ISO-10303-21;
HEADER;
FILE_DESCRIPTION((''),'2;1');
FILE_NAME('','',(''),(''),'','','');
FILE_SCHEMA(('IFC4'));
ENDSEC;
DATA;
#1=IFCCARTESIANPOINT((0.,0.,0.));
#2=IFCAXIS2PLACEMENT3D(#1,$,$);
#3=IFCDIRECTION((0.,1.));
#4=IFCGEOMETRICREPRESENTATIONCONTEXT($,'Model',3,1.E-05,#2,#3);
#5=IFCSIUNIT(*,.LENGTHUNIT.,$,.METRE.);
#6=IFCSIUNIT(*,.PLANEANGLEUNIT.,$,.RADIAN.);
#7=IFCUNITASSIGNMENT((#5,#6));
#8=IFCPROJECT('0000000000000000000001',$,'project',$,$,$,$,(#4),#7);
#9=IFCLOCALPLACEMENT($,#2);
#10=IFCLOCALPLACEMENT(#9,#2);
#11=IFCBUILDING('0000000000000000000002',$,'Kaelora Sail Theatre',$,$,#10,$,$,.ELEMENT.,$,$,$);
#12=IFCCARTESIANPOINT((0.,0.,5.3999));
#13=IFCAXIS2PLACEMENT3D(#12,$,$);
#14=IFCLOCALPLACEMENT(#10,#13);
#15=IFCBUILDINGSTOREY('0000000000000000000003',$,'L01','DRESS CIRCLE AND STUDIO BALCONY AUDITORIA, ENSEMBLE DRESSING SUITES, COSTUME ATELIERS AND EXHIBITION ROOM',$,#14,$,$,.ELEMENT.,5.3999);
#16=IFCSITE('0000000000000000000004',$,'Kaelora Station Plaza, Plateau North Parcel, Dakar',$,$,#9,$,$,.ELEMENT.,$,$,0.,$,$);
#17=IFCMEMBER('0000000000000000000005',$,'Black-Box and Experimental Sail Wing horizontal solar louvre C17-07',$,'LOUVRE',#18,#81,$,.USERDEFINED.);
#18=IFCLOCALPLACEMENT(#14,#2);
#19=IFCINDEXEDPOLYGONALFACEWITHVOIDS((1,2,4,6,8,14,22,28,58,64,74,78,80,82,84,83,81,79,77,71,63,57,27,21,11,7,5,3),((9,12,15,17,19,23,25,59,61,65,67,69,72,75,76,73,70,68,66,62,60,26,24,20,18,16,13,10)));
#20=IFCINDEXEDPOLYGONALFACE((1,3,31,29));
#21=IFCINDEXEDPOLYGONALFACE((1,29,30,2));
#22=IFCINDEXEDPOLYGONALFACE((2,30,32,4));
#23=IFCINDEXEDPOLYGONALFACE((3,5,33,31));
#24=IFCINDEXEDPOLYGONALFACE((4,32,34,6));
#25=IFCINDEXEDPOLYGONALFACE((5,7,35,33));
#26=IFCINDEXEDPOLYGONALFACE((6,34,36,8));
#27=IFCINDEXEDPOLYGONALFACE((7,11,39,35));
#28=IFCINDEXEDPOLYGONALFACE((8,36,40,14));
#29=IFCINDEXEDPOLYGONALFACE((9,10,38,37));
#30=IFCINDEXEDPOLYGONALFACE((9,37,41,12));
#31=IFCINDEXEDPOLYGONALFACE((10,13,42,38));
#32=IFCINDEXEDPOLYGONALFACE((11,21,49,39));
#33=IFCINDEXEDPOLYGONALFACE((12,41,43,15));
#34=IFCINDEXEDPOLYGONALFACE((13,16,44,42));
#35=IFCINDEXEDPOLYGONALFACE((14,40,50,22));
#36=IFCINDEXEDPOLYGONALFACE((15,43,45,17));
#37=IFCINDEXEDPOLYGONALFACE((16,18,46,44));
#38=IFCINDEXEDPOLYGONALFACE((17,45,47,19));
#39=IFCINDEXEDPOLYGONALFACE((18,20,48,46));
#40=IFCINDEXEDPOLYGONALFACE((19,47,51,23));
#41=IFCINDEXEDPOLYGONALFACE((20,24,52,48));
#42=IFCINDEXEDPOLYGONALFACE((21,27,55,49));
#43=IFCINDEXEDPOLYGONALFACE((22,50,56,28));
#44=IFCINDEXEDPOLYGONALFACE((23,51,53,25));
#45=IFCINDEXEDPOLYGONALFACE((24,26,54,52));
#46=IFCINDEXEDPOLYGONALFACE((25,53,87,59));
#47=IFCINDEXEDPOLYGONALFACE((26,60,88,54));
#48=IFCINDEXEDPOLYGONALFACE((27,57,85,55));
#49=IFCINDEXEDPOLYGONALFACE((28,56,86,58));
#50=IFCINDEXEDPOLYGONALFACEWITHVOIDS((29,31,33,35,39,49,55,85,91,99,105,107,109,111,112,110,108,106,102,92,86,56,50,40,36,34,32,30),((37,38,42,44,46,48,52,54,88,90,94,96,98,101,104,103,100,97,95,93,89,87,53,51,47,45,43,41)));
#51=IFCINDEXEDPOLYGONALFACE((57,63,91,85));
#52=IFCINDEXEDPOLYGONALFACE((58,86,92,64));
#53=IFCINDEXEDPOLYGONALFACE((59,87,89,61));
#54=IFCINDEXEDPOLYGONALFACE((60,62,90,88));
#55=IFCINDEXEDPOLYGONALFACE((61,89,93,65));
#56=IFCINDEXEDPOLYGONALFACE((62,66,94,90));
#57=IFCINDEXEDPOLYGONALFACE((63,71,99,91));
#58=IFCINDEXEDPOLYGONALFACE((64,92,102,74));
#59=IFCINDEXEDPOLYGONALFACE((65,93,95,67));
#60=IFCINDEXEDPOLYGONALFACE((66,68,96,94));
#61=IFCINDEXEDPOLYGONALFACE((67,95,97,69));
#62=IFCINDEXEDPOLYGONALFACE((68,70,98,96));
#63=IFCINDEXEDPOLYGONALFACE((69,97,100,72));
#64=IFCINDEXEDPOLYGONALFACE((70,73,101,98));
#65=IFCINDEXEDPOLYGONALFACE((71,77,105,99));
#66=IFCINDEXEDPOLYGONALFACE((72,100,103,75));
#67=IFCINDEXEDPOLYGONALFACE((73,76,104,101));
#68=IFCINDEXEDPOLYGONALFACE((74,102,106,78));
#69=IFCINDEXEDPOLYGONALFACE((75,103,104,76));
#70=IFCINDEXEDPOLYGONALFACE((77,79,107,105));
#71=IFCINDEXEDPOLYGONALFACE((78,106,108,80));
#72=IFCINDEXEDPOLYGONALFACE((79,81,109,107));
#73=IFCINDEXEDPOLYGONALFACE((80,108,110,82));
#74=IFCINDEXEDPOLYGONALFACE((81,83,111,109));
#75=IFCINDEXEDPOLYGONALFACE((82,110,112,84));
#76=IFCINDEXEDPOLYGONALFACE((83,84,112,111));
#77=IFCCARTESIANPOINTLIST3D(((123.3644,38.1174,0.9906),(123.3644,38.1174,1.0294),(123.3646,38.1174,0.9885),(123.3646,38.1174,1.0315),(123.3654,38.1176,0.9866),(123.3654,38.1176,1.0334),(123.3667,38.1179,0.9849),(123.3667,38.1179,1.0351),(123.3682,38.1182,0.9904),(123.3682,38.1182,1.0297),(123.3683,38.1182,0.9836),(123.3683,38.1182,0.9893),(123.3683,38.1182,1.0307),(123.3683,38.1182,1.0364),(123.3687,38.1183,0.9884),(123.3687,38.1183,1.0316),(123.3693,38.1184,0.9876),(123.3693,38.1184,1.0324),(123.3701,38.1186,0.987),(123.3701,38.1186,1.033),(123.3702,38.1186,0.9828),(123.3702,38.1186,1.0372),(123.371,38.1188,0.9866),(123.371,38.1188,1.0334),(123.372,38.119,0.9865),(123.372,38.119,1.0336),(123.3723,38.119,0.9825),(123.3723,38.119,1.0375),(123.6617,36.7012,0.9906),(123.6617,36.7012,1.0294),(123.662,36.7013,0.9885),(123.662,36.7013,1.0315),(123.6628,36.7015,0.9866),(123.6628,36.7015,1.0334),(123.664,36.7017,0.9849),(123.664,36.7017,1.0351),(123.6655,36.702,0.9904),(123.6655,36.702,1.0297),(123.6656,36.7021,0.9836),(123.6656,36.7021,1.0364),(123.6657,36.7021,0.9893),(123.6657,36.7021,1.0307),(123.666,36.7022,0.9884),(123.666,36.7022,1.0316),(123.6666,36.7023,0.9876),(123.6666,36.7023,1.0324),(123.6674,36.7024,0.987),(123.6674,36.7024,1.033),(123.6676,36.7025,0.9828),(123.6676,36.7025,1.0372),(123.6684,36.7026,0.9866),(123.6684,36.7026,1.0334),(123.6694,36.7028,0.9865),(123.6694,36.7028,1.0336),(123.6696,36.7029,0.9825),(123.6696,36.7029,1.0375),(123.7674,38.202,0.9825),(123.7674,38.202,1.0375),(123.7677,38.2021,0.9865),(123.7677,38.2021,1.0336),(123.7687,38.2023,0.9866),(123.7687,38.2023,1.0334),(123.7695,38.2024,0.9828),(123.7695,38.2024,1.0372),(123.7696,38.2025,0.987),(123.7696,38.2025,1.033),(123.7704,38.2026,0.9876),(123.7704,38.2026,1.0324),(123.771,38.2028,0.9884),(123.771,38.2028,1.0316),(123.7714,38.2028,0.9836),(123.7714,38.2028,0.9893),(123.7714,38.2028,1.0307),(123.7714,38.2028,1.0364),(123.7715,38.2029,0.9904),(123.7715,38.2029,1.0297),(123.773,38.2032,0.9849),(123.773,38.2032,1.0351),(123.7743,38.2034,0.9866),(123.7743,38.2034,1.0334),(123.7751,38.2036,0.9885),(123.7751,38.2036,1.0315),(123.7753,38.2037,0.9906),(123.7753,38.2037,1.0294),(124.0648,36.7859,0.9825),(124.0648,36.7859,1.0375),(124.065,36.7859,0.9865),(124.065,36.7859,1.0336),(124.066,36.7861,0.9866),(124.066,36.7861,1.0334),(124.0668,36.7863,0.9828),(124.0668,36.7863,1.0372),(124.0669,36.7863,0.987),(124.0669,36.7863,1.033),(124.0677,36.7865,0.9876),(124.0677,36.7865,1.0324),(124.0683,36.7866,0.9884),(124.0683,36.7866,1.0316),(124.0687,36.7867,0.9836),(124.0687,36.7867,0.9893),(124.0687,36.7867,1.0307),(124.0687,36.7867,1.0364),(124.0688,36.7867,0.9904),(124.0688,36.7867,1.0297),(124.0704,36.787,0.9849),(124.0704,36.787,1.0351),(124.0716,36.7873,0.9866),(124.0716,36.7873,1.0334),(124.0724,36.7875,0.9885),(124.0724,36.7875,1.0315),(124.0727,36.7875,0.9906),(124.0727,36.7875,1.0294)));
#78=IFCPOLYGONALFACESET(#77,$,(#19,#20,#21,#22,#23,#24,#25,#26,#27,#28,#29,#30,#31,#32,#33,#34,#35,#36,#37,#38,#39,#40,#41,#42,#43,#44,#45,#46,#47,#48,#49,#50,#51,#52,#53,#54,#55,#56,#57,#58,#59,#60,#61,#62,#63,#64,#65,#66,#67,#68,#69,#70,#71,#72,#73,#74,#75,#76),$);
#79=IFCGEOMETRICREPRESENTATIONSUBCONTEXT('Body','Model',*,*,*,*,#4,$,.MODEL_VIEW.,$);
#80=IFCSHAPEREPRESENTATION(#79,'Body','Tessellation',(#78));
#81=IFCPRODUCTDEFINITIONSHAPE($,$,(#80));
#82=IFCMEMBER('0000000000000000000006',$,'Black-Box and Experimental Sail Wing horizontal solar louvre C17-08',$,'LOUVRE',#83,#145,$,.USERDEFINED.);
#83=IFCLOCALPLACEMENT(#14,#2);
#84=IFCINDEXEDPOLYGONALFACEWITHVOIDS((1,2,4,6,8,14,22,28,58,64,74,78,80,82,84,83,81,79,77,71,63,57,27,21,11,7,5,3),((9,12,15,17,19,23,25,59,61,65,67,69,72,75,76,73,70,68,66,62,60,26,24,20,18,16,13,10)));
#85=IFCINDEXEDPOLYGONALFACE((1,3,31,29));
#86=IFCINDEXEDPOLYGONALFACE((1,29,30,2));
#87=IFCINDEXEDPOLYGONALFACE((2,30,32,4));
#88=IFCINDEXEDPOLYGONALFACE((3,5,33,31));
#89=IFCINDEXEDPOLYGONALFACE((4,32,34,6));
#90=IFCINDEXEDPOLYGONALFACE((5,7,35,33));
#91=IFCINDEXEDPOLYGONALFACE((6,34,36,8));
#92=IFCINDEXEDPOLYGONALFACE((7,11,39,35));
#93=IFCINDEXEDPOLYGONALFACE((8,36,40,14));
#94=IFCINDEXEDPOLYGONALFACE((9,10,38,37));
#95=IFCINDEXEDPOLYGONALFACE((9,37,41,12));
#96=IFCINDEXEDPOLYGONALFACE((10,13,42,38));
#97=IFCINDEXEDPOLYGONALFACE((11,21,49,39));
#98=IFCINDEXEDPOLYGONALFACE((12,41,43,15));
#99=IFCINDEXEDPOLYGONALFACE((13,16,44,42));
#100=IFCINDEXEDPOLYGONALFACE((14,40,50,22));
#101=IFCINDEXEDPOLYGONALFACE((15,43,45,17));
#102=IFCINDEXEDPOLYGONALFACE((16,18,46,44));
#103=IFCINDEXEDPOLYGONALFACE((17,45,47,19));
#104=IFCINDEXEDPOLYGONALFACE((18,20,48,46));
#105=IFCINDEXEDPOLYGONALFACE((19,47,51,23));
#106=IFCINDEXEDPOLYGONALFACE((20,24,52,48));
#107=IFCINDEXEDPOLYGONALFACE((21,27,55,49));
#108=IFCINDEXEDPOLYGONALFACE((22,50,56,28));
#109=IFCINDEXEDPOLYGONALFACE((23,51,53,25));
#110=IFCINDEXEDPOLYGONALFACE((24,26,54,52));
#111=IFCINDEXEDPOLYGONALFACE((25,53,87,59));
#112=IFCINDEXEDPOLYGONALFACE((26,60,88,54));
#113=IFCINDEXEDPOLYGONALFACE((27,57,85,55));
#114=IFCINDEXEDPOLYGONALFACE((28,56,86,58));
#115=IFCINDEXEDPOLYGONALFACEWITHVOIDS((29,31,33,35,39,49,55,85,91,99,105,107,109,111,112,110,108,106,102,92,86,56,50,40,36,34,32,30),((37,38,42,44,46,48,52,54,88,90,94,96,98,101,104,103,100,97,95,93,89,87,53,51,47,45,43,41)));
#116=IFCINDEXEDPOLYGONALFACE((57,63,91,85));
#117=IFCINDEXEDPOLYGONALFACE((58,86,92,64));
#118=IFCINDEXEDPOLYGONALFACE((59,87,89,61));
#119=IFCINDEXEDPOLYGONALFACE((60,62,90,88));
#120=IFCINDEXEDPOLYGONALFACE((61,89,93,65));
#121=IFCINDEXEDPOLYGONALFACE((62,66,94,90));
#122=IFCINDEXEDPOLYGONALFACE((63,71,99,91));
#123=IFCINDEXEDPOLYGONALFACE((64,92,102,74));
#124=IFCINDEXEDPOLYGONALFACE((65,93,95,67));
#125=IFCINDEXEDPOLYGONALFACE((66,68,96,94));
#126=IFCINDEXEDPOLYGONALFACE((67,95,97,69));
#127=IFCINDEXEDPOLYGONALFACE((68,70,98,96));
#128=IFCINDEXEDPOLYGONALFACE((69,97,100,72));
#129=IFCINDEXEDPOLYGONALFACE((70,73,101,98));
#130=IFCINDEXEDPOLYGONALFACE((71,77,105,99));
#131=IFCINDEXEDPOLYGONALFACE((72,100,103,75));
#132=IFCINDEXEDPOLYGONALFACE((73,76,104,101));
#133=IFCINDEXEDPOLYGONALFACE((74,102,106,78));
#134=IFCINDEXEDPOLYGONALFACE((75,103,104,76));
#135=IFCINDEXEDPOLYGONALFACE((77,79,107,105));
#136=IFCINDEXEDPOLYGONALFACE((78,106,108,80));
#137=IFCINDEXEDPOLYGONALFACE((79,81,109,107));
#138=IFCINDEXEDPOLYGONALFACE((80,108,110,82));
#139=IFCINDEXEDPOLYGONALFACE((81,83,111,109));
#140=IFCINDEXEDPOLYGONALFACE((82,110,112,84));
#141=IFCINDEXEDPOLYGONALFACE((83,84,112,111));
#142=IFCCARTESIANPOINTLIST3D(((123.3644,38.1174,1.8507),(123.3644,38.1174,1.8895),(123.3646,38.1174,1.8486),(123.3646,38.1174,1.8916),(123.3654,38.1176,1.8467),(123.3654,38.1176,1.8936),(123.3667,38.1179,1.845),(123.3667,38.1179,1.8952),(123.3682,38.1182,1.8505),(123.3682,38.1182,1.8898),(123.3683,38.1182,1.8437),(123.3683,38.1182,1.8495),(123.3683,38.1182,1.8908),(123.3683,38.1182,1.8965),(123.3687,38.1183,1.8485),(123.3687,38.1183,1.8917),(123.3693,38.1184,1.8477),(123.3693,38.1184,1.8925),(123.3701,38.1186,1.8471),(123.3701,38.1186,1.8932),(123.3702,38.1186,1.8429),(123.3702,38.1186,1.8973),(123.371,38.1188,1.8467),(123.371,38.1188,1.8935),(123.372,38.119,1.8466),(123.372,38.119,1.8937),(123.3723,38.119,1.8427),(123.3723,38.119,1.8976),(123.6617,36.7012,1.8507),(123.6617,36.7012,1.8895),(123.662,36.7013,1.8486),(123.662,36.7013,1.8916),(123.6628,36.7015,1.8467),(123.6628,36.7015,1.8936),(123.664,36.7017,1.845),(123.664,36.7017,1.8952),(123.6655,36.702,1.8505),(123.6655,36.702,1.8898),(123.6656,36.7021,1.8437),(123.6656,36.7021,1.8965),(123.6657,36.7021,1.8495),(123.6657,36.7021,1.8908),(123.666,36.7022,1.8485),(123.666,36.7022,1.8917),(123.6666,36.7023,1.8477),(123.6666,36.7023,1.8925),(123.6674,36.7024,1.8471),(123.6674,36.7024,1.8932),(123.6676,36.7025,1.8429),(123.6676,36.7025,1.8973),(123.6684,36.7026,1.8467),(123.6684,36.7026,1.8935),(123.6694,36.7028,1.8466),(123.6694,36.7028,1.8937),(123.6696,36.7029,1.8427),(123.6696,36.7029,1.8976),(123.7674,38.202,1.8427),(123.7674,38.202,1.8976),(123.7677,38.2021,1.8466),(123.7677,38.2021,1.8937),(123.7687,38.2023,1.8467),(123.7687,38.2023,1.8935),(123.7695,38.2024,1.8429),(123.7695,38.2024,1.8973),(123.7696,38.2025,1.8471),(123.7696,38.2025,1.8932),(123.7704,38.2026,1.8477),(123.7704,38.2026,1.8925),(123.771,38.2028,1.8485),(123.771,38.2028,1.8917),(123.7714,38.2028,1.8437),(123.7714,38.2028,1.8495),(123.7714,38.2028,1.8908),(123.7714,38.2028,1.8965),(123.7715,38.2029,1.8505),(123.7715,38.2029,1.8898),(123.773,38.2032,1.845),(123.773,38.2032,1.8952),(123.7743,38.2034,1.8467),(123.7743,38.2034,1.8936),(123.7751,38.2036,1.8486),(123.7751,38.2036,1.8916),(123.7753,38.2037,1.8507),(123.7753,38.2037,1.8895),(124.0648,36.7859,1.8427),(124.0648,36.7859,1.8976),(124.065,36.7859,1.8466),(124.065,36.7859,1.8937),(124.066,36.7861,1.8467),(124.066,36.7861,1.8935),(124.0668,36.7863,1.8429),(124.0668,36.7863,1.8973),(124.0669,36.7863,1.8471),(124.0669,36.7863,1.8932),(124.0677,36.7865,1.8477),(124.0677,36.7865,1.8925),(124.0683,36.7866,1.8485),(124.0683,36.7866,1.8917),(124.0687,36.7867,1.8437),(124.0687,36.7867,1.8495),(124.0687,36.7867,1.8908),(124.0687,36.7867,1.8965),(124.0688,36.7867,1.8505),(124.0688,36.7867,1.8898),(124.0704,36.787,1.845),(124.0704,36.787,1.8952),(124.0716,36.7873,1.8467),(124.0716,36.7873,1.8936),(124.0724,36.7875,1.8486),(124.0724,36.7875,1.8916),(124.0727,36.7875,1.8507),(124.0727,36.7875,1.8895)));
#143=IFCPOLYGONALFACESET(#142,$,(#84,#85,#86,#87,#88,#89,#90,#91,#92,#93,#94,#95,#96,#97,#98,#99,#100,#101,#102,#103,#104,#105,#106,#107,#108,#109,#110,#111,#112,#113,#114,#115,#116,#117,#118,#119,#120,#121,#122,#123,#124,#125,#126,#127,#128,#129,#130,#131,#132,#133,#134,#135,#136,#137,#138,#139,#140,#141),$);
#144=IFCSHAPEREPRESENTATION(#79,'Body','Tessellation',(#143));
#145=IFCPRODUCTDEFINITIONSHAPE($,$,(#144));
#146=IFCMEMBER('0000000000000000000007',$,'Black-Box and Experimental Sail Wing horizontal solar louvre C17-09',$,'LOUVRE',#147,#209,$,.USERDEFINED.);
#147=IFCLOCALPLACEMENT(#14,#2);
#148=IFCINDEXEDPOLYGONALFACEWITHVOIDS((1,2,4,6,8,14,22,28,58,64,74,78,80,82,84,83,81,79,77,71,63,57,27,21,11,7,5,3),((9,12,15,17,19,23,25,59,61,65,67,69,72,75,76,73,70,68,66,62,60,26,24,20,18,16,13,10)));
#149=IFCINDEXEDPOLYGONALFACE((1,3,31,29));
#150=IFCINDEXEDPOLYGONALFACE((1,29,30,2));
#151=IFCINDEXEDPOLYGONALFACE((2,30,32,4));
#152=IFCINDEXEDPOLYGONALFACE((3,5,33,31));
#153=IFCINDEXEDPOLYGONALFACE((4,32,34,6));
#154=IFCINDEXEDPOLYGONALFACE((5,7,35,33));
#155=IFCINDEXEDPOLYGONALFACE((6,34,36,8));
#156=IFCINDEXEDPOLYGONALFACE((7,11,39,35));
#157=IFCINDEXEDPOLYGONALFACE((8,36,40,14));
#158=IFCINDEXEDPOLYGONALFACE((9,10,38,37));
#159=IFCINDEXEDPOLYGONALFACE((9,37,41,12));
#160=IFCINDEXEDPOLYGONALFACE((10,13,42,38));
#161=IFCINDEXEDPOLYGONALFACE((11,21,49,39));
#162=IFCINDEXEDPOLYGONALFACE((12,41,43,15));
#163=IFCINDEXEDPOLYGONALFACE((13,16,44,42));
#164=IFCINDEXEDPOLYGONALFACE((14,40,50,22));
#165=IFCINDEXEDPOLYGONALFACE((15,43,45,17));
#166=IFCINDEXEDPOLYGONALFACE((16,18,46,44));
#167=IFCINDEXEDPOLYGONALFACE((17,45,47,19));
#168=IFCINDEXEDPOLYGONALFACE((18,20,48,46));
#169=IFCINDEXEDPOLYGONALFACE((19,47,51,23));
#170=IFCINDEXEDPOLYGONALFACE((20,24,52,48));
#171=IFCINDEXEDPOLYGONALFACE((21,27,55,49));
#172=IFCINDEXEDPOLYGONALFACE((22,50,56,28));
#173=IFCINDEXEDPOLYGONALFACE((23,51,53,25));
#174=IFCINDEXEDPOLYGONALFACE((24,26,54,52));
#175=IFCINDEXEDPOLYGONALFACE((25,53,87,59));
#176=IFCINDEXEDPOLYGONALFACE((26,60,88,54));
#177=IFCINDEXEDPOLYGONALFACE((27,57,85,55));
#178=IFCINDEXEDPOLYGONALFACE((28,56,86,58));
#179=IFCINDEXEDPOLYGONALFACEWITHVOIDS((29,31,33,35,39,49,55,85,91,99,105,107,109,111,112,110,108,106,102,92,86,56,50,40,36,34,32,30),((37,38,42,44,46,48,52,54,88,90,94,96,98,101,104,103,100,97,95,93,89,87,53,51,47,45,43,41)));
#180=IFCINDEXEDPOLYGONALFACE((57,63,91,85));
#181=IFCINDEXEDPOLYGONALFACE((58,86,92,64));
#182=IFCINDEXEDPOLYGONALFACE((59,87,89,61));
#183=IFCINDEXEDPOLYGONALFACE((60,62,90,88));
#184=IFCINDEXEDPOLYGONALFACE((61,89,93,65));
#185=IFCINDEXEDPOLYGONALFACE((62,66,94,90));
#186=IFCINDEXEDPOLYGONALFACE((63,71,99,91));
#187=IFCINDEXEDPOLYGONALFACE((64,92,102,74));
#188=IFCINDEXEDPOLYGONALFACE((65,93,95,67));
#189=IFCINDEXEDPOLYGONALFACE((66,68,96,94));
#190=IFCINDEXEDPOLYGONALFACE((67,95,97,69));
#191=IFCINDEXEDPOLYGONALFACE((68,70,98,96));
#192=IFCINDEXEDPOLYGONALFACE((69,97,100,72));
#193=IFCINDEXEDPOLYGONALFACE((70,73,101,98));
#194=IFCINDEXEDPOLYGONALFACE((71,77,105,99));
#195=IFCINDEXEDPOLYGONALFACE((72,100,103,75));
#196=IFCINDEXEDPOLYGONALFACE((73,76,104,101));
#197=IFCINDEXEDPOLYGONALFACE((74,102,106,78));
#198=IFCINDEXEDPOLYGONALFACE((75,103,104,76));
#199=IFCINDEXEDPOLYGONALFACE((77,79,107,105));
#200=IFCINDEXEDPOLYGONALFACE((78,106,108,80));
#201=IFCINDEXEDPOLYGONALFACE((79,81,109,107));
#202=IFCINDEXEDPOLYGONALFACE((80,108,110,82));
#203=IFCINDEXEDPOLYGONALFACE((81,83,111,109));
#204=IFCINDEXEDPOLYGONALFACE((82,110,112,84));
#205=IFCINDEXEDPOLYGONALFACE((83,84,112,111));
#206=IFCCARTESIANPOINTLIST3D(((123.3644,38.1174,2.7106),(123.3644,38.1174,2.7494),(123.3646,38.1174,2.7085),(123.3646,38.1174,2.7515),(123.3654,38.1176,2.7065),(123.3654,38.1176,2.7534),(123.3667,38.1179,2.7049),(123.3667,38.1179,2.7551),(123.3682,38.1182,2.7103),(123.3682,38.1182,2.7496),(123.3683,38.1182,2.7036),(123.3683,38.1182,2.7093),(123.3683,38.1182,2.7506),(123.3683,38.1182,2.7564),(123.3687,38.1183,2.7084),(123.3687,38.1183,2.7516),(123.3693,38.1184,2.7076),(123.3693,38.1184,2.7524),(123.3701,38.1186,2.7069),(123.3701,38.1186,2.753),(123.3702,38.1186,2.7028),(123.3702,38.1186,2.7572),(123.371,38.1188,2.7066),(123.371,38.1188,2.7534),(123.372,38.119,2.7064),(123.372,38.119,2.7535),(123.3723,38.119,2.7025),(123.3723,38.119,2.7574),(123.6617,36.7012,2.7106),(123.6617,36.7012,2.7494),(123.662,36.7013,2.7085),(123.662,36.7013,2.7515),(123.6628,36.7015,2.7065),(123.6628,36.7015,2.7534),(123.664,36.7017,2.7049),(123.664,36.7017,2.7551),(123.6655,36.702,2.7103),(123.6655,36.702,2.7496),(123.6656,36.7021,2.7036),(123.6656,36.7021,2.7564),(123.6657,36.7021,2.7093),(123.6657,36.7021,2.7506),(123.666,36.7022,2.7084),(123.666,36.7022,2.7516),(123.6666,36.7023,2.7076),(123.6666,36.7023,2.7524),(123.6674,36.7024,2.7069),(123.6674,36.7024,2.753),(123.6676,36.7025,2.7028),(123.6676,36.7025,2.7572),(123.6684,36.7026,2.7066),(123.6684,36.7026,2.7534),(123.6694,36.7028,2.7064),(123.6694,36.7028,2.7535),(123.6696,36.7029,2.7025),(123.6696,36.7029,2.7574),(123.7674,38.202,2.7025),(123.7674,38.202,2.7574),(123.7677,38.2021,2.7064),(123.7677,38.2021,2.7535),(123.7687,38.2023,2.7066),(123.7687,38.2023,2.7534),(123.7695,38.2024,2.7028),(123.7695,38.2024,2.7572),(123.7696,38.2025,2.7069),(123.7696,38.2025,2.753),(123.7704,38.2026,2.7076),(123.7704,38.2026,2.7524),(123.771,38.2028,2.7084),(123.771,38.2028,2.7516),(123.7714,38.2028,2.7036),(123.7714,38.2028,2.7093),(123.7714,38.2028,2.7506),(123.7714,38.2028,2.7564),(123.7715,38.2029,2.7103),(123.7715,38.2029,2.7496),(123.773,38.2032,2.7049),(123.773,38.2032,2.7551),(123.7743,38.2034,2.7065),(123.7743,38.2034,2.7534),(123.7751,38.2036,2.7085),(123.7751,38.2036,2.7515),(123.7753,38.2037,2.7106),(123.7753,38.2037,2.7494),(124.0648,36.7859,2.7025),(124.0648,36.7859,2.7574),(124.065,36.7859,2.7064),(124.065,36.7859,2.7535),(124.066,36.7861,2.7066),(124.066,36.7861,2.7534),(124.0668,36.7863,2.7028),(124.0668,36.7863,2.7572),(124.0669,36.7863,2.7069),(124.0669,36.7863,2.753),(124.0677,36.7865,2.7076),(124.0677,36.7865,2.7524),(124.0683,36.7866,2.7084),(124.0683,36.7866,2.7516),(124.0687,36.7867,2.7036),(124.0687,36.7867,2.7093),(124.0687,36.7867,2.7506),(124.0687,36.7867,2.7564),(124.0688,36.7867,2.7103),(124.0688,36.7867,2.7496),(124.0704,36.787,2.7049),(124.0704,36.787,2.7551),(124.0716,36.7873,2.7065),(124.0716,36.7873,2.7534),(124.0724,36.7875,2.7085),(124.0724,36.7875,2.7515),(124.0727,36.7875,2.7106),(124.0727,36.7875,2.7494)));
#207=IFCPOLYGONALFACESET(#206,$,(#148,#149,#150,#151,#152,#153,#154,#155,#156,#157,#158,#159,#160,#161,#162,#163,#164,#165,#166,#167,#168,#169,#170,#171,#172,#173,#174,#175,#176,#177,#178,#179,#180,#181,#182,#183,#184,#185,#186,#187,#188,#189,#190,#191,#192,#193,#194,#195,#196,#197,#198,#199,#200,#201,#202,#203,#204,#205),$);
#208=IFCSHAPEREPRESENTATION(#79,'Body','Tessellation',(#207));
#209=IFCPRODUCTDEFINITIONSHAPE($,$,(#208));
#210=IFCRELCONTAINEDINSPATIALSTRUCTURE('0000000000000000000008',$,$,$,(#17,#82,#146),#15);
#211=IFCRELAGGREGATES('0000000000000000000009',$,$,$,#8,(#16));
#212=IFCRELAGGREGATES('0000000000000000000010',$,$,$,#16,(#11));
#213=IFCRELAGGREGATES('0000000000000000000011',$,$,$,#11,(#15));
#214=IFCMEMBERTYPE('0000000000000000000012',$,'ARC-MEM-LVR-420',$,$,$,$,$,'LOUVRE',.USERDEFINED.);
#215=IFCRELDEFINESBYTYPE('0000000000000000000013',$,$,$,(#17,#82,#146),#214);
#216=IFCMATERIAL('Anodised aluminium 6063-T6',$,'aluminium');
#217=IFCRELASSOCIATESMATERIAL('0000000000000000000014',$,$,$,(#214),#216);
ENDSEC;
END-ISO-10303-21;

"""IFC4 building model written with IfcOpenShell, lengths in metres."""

from ifc_helpers import new_model, si_unit, direction, frame, origin, origin_2d, place, context, subcontext, project, spatial, hollow_rectangle, extrude, material, material_profile, profile_set, type_object, element, save


model = new_model("IFC4")

# Units and contexts
model_context = context("Model", 3, precision=1e-05, world=origin(), true_north=direction((0.0, 1.0)))
body_context = subcontext(model_context, "Body", "Model", "MODEL_VIEW")
ifc_project = project(units=[si_unit("LENGTHUNIT", "METRE"), si_unit("PLANEANGLEUNIT", "RADIAN")], contexts=[model_context])

# Site, building, storey
site_placement = place(None, origin())
site = spatial("IfcSite", under=ifc_project, at=site_placement, Name="Kaelora Station Plaza, Plateau North Parcel, Dakar", CompositionType="ELEMENT", RefElevation=0.0)
building_placement = place(site_placement, origin())
building = spatial("IfcBuilding", under=site, at=building_placement, Name="Kaelora Sail Theatre", CompositionType="ELEMENT")
storey_placement = place(building_placement, frame((0.0, 0.0, 5.3999)))
storey = spatial("IfcBuildingStorey", under=building, at=storey_placement, Name="L01", Description="DRESS CIRCLE AND STUDIO BALCONY AUDITORIA, ENSEMBLE DRESSING SUITES, COSTUME ATELIERS AND EXHIBITION ROOM", CompositionType="ELEMENT", Elevation=5.3999)

# Members
ifc_material_1 = material(Name="Anodised aluminium 6063-T6", Category="aluminium")
ifc_material_profile_1 = material_profile(ifc_material_1, hollow_rectangle(XDim=0.4199, YDim=0.0549, WallThickness=0.0039, InnerFilletRadius=0.0039, OuterFilletRadius=0.0081, at=origin_2d()), Name="LOUVRE 420x55x4")
ifc_profile_set_1 = profile_set([ifc_material_profile_1], Name="Anodised aluminium 6063-T6")
member_type = type_object("IfcMemberType", Name="ARC-MEM-LVR-420", ElementType="LOUVRE", PredefinedType="USERDEFINED", material=ifc_profile_set_1)
for number, where, z_axis, x_axis, name in (
    (1, (123.8672, 36.7444, 1.01), (-0.205483, 0.978661, 0.0), (-0.978661, -0.205483, 0.0), "Black-Box and Experimental Sail Wing horizontal solar louvre C17-07"),
    (2, (123.8672, 36.7444, 1.8701), (-0.205483, 0.978661, 0.0), (-0.978661, -0.205483, 0.0), "Black-Box and Experimental Sail Wing horizontal solar louvre C17-08"),
    (3, (123.8672, 36.7444, 2.73), (-0.205483, 0.978661, 0.0), (-0.978661, -0.205483, 0.0), "Black-Box and Experimental Sail Wing horizontal solar louvre C17-09"),
):
    element("IfcMember", number, at=place(storey_placement, frame(where, z_axis=z_axis, x_axis=x_axis)), inside=storey, type_object=member_type, Name=name, ObjectType="LOUVRE", PredefinedType="USERDEFINED", context=body_context, shape_type="SweptSolid", body=[
        extrude(hollow_rectangle(XDim=0.4199, YDim=0.0549, WallThickness=0.0039, InnerFilletRadius=0.0039, OuterFilletRadius=0.0081, at=origin_2d()), origin(), (0.0, 0.0, 1.0), 1.447),
    ])

save(model, "model.ifc")
